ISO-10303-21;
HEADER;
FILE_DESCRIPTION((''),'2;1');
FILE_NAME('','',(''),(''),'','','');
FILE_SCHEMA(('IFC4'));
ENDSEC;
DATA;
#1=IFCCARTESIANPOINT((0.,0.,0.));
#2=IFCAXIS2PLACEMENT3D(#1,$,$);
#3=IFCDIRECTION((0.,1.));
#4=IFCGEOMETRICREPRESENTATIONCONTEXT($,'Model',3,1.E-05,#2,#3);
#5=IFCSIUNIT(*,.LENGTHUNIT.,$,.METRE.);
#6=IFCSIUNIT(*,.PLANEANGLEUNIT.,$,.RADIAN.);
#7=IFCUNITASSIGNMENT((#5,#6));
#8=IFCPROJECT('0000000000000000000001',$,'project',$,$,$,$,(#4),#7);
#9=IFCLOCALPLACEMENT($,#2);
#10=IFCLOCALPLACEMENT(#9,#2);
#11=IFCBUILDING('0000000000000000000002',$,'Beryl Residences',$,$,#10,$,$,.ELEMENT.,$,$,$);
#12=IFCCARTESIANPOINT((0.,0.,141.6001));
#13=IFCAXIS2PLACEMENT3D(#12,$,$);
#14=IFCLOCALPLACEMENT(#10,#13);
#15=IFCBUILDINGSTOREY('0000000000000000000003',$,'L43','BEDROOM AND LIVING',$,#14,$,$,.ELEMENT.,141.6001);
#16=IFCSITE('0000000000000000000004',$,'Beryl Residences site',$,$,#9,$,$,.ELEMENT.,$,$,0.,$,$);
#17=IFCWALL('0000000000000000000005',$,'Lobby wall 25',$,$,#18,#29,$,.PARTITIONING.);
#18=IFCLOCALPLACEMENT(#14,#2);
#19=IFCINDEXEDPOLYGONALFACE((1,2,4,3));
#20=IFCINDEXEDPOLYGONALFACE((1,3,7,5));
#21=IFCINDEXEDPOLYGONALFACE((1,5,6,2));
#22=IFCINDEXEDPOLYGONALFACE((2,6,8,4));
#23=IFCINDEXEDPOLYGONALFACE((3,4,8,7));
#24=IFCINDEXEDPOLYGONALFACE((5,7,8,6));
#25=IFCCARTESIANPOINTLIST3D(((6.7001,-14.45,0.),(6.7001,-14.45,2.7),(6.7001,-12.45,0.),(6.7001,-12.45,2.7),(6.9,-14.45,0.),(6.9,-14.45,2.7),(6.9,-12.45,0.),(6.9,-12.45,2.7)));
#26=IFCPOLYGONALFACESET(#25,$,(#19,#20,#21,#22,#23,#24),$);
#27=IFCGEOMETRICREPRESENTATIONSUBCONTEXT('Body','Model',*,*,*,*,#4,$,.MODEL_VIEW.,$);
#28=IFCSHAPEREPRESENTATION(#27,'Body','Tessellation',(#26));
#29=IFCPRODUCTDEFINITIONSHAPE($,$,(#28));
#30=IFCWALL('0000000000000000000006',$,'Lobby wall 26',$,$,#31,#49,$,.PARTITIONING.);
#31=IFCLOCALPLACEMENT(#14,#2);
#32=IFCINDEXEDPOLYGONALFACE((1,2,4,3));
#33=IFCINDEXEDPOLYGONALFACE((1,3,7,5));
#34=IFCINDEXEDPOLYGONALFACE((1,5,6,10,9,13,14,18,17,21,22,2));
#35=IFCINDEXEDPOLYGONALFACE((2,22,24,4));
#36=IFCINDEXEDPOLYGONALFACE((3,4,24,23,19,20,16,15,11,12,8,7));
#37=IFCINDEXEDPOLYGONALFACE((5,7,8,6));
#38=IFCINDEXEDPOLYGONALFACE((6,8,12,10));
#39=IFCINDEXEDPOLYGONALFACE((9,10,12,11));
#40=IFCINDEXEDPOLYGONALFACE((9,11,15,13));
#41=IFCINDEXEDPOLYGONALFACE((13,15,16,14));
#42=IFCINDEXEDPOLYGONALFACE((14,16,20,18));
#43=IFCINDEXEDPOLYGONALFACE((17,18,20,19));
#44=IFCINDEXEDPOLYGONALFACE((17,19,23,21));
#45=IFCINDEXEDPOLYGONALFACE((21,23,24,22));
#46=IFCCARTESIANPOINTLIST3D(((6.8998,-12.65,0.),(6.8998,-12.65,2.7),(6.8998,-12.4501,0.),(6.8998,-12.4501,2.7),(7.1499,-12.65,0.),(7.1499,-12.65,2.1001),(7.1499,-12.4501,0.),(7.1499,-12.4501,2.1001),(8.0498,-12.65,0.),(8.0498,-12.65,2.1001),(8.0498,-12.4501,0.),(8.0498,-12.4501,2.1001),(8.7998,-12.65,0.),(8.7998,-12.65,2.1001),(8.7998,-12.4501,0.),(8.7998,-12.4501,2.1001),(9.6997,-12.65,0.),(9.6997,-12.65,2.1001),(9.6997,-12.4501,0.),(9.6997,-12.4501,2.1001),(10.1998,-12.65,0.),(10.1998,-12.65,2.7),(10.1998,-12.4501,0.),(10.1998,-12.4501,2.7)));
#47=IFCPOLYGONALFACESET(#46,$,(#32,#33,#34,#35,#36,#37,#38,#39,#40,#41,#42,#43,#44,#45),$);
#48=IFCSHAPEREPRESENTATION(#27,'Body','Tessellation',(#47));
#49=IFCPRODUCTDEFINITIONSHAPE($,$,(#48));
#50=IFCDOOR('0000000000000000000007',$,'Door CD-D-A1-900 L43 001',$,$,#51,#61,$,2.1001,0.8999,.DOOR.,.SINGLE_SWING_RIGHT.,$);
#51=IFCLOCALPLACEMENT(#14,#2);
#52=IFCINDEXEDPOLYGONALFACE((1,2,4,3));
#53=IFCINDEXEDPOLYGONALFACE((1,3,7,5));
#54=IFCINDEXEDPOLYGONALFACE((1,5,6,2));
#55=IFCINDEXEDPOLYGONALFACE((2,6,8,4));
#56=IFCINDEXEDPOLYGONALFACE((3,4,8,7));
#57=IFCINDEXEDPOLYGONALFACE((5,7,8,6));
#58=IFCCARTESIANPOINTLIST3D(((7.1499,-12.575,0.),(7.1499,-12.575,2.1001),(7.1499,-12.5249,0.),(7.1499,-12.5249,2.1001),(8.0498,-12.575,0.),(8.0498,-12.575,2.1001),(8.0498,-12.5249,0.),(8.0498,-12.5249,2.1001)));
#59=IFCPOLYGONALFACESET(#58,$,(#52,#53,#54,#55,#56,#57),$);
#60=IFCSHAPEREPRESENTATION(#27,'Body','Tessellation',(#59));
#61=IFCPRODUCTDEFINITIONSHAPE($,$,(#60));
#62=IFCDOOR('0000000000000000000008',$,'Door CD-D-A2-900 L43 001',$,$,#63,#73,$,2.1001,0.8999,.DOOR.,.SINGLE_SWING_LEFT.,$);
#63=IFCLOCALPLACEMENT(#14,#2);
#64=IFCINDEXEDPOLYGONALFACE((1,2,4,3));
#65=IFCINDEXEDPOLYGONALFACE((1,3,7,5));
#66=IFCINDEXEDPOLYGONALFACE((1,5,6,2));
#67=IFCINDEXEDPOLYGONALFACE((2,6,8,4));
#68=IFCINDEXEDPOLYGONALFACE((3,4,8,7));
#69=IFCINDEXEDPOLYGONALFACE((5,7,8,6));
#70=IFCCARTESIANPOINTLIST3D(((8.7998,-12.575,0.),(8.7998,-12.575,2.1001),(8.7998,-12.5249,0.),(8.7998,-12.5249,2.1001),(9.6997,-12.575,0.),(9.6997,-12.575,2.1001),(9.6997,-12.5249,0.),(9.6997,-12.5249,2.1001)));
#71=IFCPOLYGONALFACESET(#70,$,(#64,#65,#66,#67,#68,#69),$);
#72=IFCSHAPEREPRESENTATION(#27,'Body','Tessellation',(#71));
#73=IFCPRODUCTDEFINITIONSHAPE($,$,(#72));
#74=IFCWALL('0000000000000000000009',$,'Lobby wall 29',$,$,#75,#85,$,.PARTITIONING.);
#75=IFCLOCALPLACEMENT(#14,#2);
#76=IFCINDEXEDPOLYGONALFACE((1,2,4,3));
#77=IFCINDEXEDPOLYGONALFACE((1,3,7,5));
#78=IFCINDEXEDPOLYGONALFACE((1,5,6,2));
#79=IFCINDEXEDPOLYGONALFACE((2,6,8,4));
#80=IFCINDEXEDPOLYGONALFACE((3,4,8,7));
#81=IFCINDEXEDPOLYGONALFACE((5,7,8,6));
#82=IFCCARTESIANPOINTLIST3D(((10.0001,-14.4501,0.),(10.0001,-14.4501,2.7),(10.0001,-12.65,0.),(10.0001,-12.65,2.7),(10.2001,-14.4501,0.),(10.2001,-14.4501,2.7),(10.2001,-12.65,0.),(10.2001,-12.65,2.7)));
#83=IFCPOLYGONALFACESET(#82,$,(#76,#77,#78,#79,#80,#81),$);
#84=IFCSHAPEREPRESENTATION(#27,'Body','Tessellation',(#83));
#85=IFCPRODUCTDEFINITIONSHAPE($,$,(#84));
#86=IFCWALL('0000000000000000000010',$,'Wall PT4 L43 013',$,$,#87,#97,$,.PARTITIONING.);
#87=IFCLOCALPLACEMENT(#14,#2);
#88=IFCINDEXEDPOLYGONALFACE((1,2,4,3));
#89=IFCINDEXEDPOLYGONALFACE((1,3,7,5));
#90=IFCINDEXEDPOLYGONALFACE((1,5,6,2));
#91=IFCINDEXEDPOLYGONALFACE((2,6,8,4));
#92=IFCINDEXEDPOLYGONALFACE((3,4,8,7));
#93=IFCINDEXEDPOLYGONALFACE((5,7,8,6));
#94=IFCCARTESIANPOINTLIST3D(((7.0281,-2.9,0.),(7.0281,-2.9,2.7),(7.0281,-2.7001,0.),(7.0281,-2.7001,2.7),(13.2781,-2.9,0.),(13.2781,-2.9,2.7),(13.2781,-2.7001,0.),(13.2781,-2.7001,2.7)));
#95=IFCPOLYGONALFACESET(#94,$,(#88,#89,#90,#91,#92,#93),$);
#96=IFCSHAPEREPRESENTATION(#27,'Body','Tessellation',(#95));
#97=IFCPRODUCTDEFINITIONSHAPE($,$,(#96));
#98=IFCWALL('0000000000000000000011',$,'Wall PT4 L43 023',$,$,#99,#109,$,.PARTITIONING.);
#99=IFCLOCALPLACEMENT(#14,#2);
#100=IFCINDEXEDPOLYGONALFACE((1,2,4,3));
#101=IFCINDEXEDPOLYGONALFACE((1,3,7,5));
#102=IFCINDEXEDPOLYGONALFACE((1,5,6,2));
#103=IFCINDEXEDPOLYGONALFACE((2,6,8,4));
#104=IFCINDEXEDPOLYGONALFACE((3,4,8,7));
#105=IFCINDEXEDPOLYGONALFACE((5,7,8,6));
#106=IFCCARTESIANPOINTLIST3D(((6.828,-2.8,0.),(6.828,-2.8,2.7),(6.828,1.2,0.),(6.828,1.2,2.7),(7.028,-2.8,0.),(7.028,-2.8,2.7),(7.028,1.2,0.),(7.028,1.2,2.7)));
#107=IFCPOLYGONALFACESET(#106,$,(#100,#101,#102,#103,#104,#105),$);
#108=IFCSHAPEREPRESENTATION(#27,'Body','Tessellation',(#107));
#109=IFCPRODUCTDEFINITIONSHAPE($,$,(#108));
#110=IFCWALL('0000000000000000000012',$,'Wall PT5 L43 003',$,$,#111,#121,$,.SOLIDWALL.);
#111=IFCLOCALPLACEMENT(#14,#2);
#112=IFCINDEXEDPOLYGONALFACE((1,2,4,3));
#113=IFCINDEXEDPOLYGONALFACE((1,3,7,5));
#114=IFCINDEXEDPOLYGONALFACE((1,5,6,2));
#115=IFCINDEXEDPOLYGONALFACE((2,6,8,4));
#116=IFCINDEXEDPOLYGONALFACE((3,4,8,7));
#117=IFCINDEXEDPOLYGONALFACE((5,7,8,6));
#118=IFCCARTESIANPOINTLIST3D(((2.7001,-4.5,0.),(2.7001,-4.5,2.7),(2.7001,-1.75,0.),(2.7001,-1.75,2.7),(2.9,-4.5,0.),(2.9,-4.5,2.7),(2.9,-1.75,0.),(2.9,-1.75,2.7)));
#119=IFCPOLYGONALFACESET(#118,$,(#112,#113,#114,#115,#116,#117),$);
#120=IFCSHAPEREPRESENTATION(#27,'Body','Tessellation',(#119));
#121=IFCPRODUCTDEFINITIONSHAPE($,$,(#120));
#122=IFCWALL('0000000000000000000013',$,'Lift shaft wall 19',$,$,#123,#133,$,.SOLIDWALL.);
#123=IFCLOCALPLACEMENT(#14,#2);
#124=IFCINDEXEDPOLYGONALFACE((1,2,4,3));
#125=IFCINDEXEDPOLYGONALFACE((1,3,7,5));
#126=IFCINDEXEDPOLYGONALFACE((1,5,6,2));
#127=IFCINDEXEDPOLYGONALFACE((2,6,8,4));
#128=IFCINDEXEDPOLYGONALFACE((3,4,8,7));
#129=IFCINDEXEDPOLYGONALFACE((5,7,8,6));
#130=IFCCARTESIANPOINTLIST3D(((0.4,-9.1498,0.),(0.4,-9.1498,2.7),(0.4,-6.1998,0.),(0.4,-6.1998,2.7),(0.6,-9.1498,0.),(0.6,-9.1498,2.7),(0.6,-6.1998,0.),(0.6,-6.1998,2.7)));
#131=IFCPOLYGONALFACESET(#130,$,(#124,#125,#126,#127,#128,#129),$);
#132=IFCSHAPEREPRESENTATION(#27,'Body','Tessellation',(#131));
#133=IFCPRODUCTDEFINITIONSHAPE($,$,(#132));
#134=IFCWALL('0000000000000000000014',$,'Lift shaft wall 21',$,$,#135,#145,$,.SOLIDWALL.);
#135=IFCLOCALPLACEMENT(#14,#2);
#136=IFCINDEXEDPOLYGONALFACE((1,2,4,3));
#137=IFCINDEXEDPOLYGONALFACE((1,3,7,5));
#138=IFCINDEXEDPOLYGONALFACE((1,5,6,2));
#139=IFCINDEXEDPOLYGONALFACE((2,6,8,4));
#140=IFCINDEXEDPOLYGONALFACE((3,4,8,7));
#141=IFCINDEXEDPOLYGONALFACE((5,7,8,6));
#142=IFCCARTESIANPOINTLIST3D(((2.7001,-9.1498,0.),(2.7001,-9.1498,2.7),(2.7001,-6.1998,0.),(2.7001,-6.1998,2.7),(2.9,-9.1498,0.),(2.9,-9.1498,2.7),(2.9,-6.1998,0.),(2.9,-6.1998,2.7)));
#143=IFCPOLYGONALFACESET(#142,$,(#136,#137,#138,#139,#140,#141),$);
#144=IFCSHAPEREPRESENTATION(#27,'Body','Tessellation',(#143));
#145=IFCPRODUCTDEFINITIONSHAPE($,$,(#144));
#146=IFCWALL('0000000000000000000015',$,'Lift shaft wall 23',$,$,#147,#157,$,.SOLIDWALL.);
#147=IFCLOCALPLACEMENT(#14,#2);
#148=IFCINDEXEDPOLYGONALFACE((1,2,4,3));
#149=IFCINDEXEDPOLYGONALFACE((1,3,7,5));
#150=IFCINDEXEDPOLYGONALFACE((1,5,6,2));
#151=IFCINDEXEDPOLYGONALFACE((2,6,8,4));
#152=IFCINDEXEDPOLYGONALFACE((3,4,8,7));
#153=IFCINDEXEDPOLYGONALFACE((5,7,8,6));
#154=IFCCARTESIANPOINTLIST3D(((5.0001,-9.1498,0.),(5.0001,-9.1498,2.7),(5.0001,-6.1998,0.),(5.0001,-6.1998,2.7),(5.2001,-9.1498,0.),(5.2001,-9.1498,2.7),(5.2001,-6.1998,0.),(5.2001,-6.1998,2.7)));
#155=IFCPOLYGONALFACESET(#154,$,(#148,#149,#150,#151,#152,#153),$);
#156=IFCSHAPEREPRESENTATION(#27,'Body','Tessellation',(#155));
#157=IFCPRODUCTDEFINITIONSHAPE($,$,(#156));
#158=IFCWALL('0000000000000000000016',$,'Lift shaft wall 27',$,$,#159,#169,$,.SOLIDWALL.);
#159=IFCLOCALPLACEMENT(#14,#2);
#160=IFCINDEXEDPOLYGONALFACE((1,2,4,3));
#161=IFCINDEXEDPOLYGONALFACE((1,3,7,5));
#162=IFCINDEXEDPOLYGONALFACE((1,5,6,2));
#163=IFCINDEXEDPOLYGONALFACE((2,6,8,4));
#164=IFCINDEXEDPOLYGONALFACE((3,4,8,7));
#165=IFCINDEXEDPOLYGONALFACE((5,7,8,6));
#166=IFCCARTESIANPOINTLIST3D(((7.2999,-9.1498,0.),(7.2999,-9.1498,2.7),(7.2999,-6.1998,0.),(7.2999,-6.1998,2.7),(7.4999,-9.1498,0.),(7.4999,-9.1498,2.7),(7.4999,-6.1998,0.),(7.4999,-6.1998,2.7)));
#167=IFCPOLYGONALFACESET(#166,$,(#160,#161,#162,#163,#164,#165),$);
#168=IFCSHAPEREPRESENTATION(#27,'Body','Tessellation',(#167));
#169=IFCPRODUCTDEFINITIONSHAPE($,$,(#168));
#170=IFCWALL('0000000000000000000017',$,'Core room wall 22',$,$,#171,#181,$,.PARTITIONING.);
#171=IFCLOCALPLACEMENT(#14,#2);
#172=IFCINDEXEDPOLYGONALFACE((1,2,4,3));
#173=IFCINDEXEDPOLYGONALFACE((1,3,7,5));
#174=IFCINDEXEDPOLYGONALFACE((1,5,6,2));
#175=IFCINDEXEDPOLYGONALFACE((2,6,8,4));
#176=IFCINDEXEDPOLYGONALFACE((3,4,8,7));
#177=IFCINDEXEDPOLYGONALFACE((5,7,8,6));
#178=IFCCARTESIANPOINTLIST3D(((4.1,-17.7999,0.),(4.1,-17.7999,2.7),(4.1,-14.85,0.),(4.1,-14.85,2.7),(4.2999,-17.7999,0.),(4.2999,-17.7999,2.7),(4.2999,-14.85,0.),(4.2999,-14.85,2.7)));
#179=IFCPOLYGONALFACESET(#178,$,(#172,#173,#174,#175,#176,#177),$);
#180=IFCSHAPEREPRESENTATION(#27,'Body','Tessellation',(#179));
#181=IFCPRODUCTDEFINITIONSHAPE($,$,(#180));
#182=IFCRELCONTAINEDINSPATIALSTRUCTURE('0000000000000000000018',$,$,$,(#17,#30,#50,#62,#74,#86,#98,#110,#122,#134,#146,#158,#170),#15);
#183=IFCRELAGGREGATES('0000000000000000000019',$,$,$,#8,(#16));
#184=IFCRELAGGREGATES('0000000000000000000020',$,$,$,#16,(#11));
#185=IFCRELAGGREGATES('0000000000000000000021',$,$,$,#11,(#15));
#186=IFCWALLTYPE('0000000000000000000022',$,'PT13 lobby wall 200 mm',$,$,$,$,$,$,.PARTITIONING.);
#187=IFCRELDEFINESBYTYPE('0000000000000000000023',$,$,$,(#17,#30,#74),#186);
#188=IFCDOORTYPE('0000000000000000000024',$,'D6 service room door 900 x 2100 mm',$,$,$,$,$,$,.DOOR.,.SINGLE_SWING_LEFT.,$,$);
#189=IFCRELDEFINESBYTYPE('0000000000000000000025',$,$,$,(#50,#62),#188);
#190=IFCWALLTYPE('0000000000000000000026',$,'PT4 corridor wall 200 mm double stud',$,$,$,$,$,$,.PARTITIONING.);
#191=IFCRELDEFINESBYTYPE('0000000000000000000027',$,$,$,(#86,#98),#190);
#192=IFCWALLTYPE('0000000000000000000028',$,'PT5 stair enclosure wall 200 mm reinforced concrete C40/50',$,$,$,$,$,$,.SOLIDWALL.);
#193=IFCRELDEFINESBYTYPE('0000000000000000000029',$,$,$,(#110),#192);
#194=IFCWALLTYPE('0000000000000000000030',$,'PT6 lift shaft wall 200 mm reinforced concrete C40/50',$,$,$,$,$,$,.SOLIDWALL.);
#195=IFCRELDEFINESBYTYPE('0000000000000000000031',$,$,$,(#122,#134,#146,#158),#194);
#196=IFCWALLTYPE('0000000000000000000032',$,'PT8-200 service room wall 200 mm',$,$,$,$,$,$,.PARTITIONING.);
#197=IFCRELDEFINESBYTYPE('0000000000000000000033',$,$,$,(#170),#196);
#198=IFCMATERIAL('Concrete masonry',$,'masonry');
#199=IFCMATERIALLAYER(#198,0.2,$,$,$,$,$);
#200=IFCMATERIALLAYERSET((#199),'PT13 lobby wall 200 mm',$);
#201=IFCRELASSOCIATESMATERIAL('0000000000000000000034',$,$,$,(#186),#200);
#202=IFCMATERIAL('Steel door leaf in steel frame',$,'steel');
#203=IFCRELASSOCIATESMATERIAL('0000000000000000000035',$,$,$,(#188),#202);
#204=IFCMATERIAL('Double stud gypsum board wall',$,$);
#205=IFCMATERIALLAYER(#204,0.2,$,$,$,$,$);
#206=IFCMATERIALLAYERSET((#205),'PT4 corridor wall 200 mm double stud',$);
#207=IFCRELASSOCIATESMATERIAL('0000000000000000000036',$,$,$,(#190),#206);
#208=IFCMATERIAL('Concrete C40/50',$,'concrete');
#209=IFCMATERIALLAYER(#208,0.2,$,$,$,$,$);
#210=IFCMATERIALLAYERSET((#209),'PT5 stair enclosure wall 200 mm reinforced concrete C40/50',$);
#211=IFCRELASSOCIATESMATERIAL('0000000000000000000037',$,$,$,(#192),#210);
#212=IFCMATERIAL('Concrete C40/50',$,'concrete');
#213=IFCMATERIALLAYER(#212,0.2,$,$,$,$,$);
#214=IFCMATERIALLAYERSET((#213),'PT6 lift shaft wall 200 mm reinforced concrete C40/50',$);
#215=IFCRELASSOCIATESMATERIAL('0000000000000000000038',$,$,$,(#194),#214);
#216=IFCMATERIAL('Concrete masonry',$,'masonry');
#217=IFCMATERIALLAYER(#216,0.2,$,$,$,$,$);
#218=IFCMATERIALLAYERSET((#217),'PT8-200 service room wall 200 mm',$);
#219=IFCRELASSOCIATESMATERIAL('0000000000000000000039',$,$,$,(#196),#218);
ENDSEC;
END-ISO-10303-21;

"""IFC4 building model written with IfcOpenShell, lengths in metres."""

from ifc_helpers import new_model, si_unit, direction, frame, frame_2d, origin, place, context, subcontext, project, spatial, rectangle, extrude, material, layer, layer_set, type_object, element, fill, save


model = new_model("IFC4")

# Units and contexts
model_context = context("Model", 3, precision=1e-05, world=origin(), true_north=direction((0.0, 1.0)))
body_context = subcontext(model_context, "Body", "Model", "MODEL_VIEW")
ifc_project = project(units=[si_unit("LENGTHUNIT", "METRE"), si_unit("PLANEANGLEUNIT", "RADIAN")], contexts=[model_context])

# Site, building, storey
site_placement = place(None, origin())
site = spatial("IfcSite", under=ifc_project, at=site_placement, Name="Beryl Residences site", CompositionType="ELEMENT", RefElevation=0.0)
building_placement = place(site_placement, origin())
building = spatial("IfcBuilding", under=site, at=building_placement, Name="Beryl Residences", CompositionType="ELEMENT")
storey_placement = place(building_placement, frame((0.0, 0.0, 141.6001)))
storey = spatial("IfcBuildingStorey", under=building, at=storey_placement, Name="L43", Description="BEDROOM AND LIVING", CompositionType="ELEMENT", Elevation=141.6001)

# Wall
ifc_material_1 = material(Name="Concrete masonry", Category="masonry")
ifc_layer_1 = layer(ifc_material_1, 0.2)
ifc_layer_set_1 = layer_set([ifc_layer_1], Name="PT13 lobby wall 200 mm")
wall_type_1 = type_object("IfcWallType", Name="PT13 lobby wall 200 mm", PredefinedType="PARTITIONING", material=ifc_layer_set_1)
wall_1_placement = place(storey_placement, frame((6.8, -14.45, 0.0), z_axis=(0.0, 0.0, 1.0), x_axis=(0.0, 1.0, 0.0)))
element("IfcWall", 1, at=wall_1_placement, inside=storey, type_object=wall_type_1, Name="Lobby wall 25", PredefinedType="PARTITIONING", context=body_context, shape_type="SweptSolid", body=[
    extrude(rectangle(XDim=2.0, YDim=0.2, at=frame_2d((1.0, 0.0))), origin(), (0.0, 0.0, 1.0), 2.7),
])

# Wall, openings, doors
wall_2_placement = place(storey_placement, frame((6.8999, -12.55, 0.0), z_axis=(0.0, 0.0, 1.0), x_axis=(1.0, 0.0, 0.0)))
wall_2 = element("IfcWall", 2, at=wall_2_placement, inside=storey, type_object=wall_type_1, Name="Lobby wall 26", PredefinedType="PARTITIONING", context=body_context, shape_type="SweptSolid", body=[
    extrude(rectangle(XDim=3.3, YDim=0.2, at=frame_2d((1.6499, 0.0))), origin(), (0.0, 0.0, 1.0), 2.7),
])
opening_1_placement = place(wall_2_placement, frame((1.1499, 0.0, 0.0), z_axis=(0.0, 0.0, 1.0), x_axis=(-1.0, 0.0, 0.0)))
opening_1 = element("IfcOpeningElement", 3, at=opening_1_placement, cuts=wall_2, PredefinedType="OPENING", context=body_context, shape_type="SweptSolid", body=[
    extrude(rectangle(XDim=0.8999, YDim=2.1001, at=frame_2d((0.45, 1.05))), frame((0.0, 0.1099, 0.0), z_axis=(0.0, -1.0, 0.0), x_axis=(1.0, 0.0, 0.0)), (0.0, 0.0, 1.0), 0.22),
])
opening_2_placement = place(wall_2_placement, frame((2.7998, 0.0, 0.0), z_axis=(0.0, 0.0, 1.0), x_axis=(-1.0, 0.0, 0.0)))
opening_2 = element("IfcOpeningElement", 4, at=opening_2_placement, cuts=wall_2, PredefinedType="OPENING", context=body_context, shape_type="SweptSolid", body=[
    extrude(rectangle(XDim=0.8999, YDim=2.1001, at=frame_2d((0.45, 1.05))), frame((0.0, 0.1099, 0.0), z_axis=(0.0, -1.0, 0.0), x_axis=(1.0, 0.0, 0.0)), (0.0, 0.0, 1.0), 0.22),
])
ifc_material_2 = material(Name="Steel door leaf in steel frame", Category="steel")
door_type = type_object("IfcDoorType", Name="D6 service room door 900 x 2100 mm", OperationType="SINGLE_SWING_LEFT", PredefinedType="DOOR", material=ifc_material_2)
door_1_placement = place(opening_1_placement, origin())
door_1 = element("IfcDoor", 5, at=door_1_placement, inside=storey, type_object=door_type, Name="Door CD-D-A1-900 L43 001", OperationType="SINGLE_SWING_RIGHT", OverallHeight=2.1001, OverallWidth=0.8999, PredefinedType="DOOR", context=body_context, shape_type="SweptSolid", body=[
    extrude(rectangle(XDim=0.8999, YDim=2.1001, at=frame_2d((0.45, 1.05))), frame((0.0, 0.0249, 0.0), z_axis=(0.0, -1.0, 0.0), x_axis=(1.0, 0.0, 0.0)), (0.0, 0.0, 1.0), 0.05),
])
fill(opening_1, door_1)
door_2_placement = place(opening_2_placement, origin())
door_2 = element("IfcDoor", 6, at=door_2_placement, inside=storey, type_object=door_type, Name="Door CD-D-A2-900 L43 001", OperationType="SINGLE_SWING_LEFT", OverallHeight=2.1001, OverallWidth=0.8999, PredefinedType="DOOR", context=body_context, shape_type="SweptSolid", body=[
    extrude(rectangle(XDim=0.8999, YDim=2.1001, at=frame_2d((0.45, 1.05))), frame((0.0, 0.0249, 0.0), z_axis=(0.0, -1.0, 0.0), x_axis=(1.0, 0.0, 0.0)), (0.0, 0.0, 1.0), 0.05),
])
fill(opening_2, door_2)

# Walls
wall_3_placement = place(storey_placement, frame((10.1001, -14.45, 0.0), z_axis=(0.0, 0.0, 1.0), x_axis=(0.0, 1.0, 0.0)))
element("IfcWall", 7, at=wall_3_placement, inside=storey, type_object=wall_type_1, Name="Lobby wall 29", PredefinedType="PARTITIONING", context=body_context, shape_type="SweptSolid", body=[
    extrude(rectangle(XDim=1.8, YDim=0.2, at=frame_2d((0.8999, 0.0))), origin(), (0.0, 0.0, 1.0), 2.7),
])
ifc_material_3 = material(Name="Double stud gypsum board wall")
ifc_layer_2 = layer(ifc_material_3, 0.2)
ifc_layer_set_2 = layer_set([ifc_layer_2], Name="PT4 corridor wall 200 mm double stud")
wall_type_2 = type_object("IfcWallType", Name="PT4 corridor wall 200 mm double stud", PredefinedType="PARTITIONING", material=ifc_layer_set_2)
wall_4_placement = place(storey_placement, frame((7.0281, -2.8, 0.0), z_axis=(0.0, 0.0, 1.0), x_axis=(1.0, 0.0, 0.0)))
element("IfcWall", 8, at=wall_4_placement, inside=storey, type_object=wall_type_2, Name="Wall PT4 L43 013", PredefinedType="PARTITIONING", context=body_context, shape_type="SweptSolid", body=[
    extrude(rectangle(XDim=6.25, YDim=0.2, at=frame_2d((3.125, 0.0))), origin(), (0.0, 0.0, 1.0), 2.7),
])
wall_5_placement = place(storey_placement, frame((6.928, -2.8, 0.0), z_axis=(0.0, 0.0, 1.0), x_axis=(0.0, 1.0, 0.0)))
element("IfcWall", 9, at=wall_5_placement, inside=storey, type_object=wall_type_2, Name="Wall PT4 L43 023", PredefinedType="PARTITIONING", context=body_context, shape_type="SweptSolid", body=[
    extrude(rectangle(XDim=4.0, YDim=0.2, at=frame_2d((2.0, 0.0))), origin(), (0.0, 0.0, 1.0), 2.7),
])
ifc_material_4 = material(Name="Concrete C40/50", Category="concrete")
ifc_layer_3 = layer(ifc_material_4, 0.2)
ifc_layer_set_3 = layer_set([ifc_layer_3], Name="PT5 stair enclosure wall 200 mm reinforced concrete C40/50")
wall_type_3 = type_object("IfcWallType", Name="PT5 stair enclosure wall 200 mm reinforced concrete C40/50", PredefinedType="SOLIDWALL", material=ifc_layer_set_3)
wall_6_placement = place(storey_placement, frame((2.8, -4.5, 0.0), z_axis=(0.0, 0.0, 1.0), x_axis=(0.0, 1.0, 0.0)))
element("IfcWall", 10, at=wall_6_placement, inside=storey, type_object=wall_type_3, Name="Wall PT5 L43 003", PredefinedType="SOLIDWALL", context=body_context, shape_type="SweptSolid", body=[
    extrude(rectangle(XDim=2.75, YDim=0.2, at=frame_2d((1.375, 0.0))), origin(), (0.0, 0.0, 1.0), 2.7),
])
ifc_material_5 = material(Name="Concrete C40/50", Category="concrete")
ifc_layer_4 = layer(ifc_material_5, 0.2)
ifc_layer_set_4 = layer_set([ifc_layer_4], Name="PT6 lift shaft wall 200 mm reinforced concrete C40/50")
wall_type_4 = type_object("IfcWallType", Name="PT6 lift shaft wall 200 mm reinforced concrete C40/50", PredefinedType="SOLIDWALL", material=ifc_layer_set_4)
for number, where, z_axis, x_axis, name in (
    (11, (0.5, -9.1499, 0.0), (0.0, 0.0, 1.0), (0.0, 1.0, 0.0), "Lift shaft wall 19"),
    (12, (2.8, -9.1499, 0.0), (0.0, 0.0, 1.0), (0.0, 1.0, 0.0), "Lift shaft wall 21"),
    (13, (5.1001, -9.1499, 0.0), (0.0, 0.0, 1.0), (0.0, 1.0, 0.0), "Lift shaft wall 23"),
    (14, (7.3999, -9.1499, 0.0), (0.0, 0.0, 1.0), (0.0, 1.0, 0.0), "Lift shaft wall 27"),
):
    element("IfcWall", number, at=place(storey_placement, frame(where, z_axis=z_axis, x_axis=x_axis)), inside=storey, type_object=wall_type_4, Name=name, PredefinedType="SOLIDWALL", context=body_context, shape_type="SweptSolid", body=[
        extrude(rectangle(XDim=2.95, YDim=0.2, at=frame_2d((1.4751, 0.0))), origin(), (0.0, 0.0, 1.0), 2.7),
    ])
ifc_material_6 = material(Name="Concrete masonry", Category="masonry")
ifc_layer_5 = layer(ifc_material_6, 0.2)
ifc_layer_set_5 = layer_set([ifc_layer_5], Name="PT8-200 service room wall 200 mm")
wall_type_5 = type_object("IfcWallType", Name="PT8-200 service room wall 200 mm", PredefinedType="PARTITIONING", material=ifc_layer_set_5)
wall_7_placement = place(storey_placement, frame((4.2, -17.8, 0.0), z_axis=(0.0, 0.0, 1.0), x_axis=(0.0, 1.0, 0.0)))
element("IfcWall", 15, at=wall_7_placement, inside=storey, type_object=wall_type_5, Name="Core room wall 22", PredefinedType="PARTITIONING", context=body_context, shape_type="SweptSolid", body=[
    extrude(rectangle(XDim=2.95, YDim=0.2, at=frame_2d((1.4751, 0.0))), origin(), (0.0, 0.0, 1.0), 2.7),
])

save(model, "model.ifc")
